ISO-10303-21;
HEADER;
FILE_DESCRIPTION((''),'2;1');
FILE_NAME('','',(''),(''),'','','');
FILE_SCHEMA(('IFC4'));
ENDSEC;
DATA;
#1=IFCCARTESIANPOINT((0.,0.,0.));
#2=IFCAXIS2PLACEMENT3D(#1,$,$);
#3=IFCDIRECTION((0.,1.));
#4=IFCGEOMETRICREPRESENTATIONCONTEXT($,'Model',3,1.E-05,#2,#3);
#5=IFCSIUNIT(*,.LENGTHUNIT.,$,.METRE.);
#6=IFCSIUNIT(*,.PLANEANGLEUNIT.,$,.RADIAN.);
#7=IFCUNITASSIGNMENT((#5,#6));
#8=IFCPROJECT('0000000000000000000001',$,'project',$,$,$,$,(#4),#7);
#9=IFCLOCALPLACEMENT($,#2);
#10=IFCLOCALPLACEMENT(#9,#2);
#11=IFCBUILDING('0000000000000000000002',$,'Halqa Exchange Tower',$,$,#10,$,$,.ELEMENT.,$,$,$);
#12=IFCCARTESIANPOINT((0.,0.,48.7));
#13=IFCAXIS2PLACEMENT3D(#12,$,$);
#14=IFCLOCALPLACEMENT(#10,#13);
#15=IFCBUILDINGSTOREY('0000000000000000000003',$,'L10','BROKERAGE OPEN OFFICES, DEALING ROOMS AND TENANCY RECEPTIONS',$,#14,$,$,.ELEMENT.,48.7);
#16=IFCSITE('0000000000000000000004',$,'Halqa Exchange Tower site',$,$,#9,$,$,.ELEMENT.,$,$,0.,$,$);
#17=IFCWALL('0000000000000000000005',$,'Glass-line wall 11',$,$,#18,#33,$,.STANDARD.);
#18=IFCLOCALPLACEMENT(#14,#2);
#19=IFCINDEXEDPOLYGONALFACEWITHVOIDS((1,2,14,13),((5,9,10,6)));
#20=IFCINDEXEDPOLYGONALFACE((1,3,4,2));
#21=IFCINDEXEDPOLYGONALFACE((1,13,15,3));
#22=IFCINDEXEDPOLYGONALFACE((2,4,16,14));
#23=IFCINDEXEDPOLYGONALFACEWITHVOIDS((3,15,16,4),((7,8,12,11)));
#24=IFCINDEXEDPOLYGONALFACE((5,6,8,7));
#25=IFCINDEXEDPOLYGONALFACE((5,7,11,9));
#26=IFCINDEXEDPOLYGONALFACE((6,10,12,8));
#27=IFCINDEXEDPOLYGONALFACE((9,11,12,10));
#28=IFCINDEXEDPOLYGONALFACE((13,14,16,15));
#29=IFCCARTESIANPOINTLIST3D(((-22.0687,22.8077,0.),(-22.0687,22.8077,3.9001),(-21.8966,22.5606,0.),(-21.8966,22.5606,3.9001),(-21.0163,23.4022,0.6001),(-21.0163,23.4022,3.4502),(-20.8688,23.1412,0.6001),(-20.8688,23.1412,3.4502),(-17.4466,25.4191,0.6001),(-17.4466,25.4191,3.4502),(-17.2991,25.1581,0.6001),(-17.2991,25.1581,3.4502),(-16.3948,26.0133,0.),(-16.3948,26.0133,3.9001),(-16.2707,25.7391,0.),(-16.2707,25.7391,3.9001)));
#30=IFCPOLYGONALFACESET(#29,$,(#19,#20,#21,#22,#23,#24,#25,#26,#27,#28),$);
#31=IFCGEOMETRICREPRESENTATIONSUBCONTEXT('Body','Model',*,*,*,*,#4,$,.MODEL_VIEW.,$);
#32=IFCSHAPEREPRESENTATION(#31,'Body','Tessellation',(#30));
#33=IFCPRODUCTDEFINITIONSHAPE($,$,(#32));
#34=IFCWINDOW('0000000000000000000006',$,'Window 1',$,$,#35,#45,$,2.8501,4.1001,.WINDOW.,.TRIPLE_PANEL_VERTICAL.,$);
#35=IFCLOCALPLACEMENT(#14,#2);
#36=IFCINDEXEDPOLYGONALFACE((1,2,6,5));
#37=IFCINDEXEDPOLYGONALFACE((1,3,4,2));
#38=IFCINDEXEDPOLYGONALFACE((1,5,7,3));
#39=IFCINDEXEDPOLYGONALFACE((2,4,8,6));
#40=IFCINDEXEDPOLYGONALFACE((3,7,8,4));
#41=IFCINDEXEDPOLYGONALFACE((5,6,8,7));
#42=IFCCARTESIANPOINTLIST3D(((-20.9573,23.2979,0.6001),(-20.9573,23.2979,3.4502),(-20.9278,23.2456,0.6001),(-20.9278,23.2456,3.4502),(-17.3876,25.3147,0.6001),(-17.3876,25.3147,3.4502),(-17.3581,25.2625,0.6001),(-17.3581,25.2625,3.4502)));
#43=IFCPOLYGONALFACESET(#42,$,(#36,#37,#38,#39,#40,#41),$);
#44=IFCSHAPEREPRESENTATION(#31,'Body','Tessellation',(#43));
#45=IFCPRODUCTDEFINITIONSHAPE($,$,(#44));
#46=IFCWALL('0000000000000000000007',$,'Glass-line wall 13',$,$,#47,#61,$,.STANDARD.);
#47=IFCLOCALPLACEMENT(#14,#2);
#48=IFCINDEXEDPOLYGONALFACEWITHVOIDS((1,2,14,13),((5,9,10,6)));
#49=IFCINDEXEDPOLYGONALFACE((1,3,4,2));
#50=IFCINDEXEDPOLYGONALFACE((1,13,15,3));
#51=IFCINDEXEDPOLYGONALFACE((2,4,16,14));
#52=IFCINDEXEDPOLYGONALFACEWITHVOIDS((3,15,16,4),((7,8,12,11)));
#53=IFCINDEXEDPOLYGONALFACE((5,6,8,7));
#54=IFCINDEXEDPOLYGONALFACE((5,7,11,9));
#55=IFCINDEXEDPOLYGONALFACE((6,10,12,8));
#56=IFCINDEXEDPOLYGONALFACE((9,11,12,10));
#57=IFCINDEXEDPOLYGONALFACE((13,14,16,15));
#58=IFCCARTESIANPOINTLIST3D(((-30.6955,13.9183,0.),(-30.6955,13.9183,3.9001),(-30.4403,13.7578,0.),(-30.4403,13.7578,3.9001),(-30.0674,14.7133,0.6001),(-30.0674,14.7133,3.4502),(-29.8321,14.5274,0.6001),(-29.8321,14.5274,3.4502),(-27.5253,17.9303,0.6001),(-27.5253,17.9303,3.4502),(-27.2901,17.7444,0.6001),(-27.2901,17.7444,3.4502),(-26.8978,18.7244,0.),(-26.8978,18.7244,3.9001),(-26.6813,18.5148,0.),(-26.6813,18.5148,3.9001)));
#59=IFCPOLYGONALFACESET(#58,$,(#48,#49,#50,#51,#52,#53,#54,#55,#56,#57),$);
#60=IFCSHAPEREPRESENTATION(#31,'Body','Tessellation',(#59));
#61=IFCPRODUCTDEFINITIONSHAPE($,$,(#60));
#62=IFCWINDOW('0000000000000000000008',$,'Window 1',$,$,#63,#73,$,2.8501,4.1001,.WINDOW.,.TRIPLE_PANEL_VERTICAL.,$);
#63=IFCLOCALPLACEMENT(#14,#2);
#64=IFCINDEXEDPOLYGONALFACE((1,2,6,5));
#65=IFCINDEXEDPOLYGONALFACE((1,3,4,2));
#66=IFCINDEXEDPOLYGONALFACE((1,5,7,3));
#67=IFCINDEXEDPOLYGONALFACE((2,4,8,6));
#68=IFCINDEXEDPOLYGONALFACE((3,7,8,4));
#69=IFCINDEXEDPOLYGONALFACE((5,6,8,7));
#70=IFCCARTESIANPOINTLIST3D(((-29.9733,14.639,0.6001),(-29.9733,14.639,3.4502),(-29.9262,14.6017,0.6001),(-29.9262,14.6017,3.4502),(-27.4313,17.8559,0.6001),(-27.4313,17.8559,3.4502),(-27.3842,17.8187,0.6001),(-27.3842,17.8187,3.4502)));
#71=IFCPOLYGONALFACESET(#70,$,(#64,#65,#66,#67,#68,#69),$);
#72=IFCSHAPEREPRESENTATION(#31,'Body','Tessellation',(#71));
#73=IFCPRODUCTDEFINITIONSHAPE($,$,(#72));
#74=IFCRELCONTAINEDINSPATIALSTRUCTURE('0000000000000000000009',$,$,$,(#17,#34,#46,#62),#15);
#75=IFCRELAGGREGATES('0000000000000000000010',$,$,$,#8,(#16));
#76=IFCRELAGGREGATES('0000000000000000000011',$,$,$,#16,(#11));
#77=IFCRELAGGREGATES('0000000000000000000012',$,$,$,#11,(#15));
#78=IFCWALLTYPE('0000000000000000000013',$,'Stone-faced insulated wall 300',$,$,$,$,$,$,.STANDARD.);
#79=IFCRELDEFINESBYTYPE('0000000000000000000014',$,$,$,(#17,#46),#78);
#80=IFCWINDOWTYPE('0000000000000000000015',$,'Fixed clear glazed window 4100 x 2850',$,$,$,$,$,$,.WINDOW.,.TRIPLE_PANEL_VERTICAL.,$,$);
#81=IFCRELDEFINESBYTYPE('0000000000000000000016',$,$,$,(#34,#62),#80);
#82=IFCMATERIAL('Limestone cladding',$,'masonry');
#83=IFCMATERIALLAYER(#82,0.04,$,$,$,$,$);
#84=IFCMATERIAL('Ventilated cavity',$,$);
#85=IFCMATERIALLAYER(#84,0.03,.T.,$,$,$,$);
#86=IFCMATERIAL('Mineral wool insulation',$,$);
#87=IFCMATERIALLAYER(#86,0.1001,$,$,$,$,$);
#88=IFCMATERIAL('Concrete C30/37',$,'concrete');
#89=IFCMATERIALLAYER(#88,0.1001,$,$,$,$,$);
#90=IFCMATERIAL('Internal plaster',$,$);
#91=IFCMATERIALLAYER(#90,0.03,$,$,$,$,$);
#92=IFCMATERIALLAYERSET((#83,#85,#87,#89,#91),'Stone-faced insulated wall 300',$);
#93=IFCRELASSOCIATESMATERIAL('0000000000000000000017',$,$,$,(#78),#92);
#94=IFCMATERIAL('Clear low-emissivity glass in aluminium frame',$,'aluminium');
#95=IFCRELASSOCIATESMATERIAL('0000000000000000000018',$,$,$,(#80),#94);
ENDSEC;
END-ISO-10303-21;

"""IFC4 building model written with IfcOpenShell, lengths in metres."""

from ifc_helpers import new_model, si_unit, direction, frame, frame_2d, origin, place, context, subcontext, project, spatial, polyline, rectangle, outline, extrude, material, layer, layer_set, type_object, element, fill, save


model = new_model("IFC4")

# Units and contexts
model_context = context("Model", 3, precision=1e-05, world=origin(), true_north=direction((0.0, 1.0)))
body_context = subcontext(model_context, "Body", "Model", "MODEL_VIEW")
ifc_project = project(units=[si_unit("LENGTHUNIT", "METRE"), si_unit("PLANEANGLEUNIT", "RADIAN")], contexts=[model_context])

# Site, building, storey
site_placement = place(None, origin())
site = spatial("IfcSite", under=ifc_project, at=site_placement, Name="Halqa Exchange Tower site", CompositionType="ELEMENT", RefElevation=0.0)
building_placement = place(site_placement, origin())
building = spatial("IfcBuilding", under=site, at=building_placement, Name="Halqa Exchange Tower", CompositionType="ELEMENT")
storey_placement = place(building_placement, frame((0.0, 0.0, 48.7)))
storey = spatial("IfcBuildingStorey", under=building, at=storey_placement, Name="L10", Description="BROKERAGE OPEN OFFICES, DEALING ROOMS AND TENANCY RECEPTIONS", CompositionType="ELEMENT", Elevation=48.7)

# Wall, opening, window
ifc_material_1 = material(Name="Limestone cladding", Category="masonry")
ifc_layer_1 = layer(ifc_material_1, 0.04)
ifc_material_2 = material(Name="Ventilated cavity")
ifc_layer_2 = layer(ifc_material_2, 0.03, ventilated=True)
ifc_material_3 = material(Name="Mineral wool insulation")
ifc_layer_3 = layer(ifc_material_3, 0.1001)
ifc_material_4 = material(Name="Concrete C30/37", Category="concrete")
ifc_layer_4 = layer(ifc_material_4, 0.1001)
ifc_material_5 = material(Name="Internal plaster")
ifc_layer_5 = layer(ifc_material_5, 0.03)
ifc_layer_set_1 = layer_set([ifc_layer_1, ifc_layer_2, ifc_layer_3, ifc_layer_4, ifc_layer_5], Name="Stone-faced insulated wall 300")
wall_type_1 = type_object("IfcWallType", Name="Stone-faced insulated wall 300", PredefinedType="STANDARD", material=ifc_layer_set_1)
wall_1_placement = place(storey_placement, frame((-16.3328, 25.8762, 0.0), z_axis=(0.0, 0.0, 1.0), x_axis=(-0.870648, -0.491907, 0.0)))
wall_1 = element("IfcWall", 1, at=wall_1_placement, inside=storey, type_object=wall_type_1, Name="Glass-line wall 11", PredefinedType="STANDARD", context=body_context, shape_type="SweptSolid", body=[
    extrude(outline(polyline([(-0.0134, -0.1499), (6.5034, -0.1499), (6.4751, 0.1499), (0.0134, 0.1499), (-0.0134, -0.1499)])), origin(), (0.0, 0.0, 1.0), 3.9001),
])
opening_1_placement = place(wall_1_placement, frame((1.1946, 0.0, 0.6001)))
opening_1 = element("IfcOpeningElement", 2, at=opening_1_placement, cuts=wall_1, PredefinedType="OPENING", context=body_context, shape_type="SweptSolid", body=[
    extrude(rectangle(XDim=4.1001, YDim=2.8501, at=frame_2d((2.05, 1.425))), frame((0.0, 0.1621, 0.0), z_axis=(0.0, -1.0, 0.0), x_axis=(1.0, 0.0, 0.0)), (0.0, 0.0, 1.0), 0.324),
])
ifc_material_6 = material(Name="Clear low-emissivity glass in aluminium frame", Category="aluminium")
window_type = type_object("IfcWindowType", Name="Fixed clear glazed window 4100 x 2850", PartitioningType="TRIPLE_PANEL_VERTICAL", PredefinedType="WINDOW", material=ifc_material_6)
window_1_placement = place(opening_1_placement, origin())
window_1 = element("IfcWindow", 3, at=window_1_placement, inside=storey, type_object=window_type, Name="Window 1", OverallHeight=2.8501, OverallWidth=4.1001, PartitioningType="TRIPLE_PANEL_VERTICAL", PredefinedType="WINDOW", context=body_context, shape_type="SweptSolid", body=[
    extrude(rectangle(XDim=4.1001, YDim=2.8501, at=frame_2d((2.05, 1.425))), frame((0.0, 0.03, 0.0), z_axis=(0.0, -1.0, 0.0), x_axis=(1.0, 0.0, 0.0)), (0.0, 0.0, 1.0), 0.0601),
])
fill(opening_1, window_1)

# Wall, opening, window
wall_2_placement = place(storey_placement, frame((-26.7896, 18.6196, 0.0), z_axis=(0.0, 0.0, 1.0), x_axis=(-0.619994, -0.784607, 0.0)))
wall_2 = element("IfcWall", 4, at=wall_2_placement, inside=storey, type_object=wall_type_1, Name="Glass-line wall 13", PredefinedType="STANDARD", context=body_context, shape_type="SweptSolid", body=[
    extrude(outline(polyline([(-0.0151, -0.1499), (6.1104, -0.1499), (6.0781, 0.1499), (0.0151, 0.1499), (-0.0151, -0.1499)])), origin(), (0.0, 0.0, 1.0), 3.9001),
])
opening_2_placement = place(wall_2_placement, frame((0.9971, 0.0, 0.6001)))
opening_2 = element("IfcOpeningElement", 5, at=opening_2_placement, cuts=wall_2, PredefinedType="OPENING", context=body_context, shape_type="SweptSolid", body=[
    extrude(rectangle(XDim=4.1001, YDim=2.8501, at=frame_2d((2.05, 1.425))), frame((0.0, 0.1621, 0.0), z_axis=(0.0, -1.0, 0.0), x_axis=(1.0, 0.0, 0.0)), (0.0, 0.0, 1.0), 0.324),
])
window_2_placement = place(opening_2_placement, origin())
window_2 = element("IfcWindow", 6, at=window_2_placement, inside=storey, type_object=window_type, Name="Window 1", OverallHeight=2.8501, OverallWidth=4.1001, PartitioningType="TRIPLE_PANEL_VERTICAL", PredefinedType="WINDOW", context=body_context, shape_type="SweptSolid", body=[
    extrude(rectangle(XDim=4.1001, YDim=2.8501, at=frame_2d((2.05, 1.425))), frame((0.0, 0.03, 0.0), z_axis=(0.0, -1.0, 0.0), x_axis=(1.0, 0.0, 0.0)), (0.0, 0.0, 1.0), 0.0601),
])
fill(opening_2, window_2)

save(model, "model.ifc")
